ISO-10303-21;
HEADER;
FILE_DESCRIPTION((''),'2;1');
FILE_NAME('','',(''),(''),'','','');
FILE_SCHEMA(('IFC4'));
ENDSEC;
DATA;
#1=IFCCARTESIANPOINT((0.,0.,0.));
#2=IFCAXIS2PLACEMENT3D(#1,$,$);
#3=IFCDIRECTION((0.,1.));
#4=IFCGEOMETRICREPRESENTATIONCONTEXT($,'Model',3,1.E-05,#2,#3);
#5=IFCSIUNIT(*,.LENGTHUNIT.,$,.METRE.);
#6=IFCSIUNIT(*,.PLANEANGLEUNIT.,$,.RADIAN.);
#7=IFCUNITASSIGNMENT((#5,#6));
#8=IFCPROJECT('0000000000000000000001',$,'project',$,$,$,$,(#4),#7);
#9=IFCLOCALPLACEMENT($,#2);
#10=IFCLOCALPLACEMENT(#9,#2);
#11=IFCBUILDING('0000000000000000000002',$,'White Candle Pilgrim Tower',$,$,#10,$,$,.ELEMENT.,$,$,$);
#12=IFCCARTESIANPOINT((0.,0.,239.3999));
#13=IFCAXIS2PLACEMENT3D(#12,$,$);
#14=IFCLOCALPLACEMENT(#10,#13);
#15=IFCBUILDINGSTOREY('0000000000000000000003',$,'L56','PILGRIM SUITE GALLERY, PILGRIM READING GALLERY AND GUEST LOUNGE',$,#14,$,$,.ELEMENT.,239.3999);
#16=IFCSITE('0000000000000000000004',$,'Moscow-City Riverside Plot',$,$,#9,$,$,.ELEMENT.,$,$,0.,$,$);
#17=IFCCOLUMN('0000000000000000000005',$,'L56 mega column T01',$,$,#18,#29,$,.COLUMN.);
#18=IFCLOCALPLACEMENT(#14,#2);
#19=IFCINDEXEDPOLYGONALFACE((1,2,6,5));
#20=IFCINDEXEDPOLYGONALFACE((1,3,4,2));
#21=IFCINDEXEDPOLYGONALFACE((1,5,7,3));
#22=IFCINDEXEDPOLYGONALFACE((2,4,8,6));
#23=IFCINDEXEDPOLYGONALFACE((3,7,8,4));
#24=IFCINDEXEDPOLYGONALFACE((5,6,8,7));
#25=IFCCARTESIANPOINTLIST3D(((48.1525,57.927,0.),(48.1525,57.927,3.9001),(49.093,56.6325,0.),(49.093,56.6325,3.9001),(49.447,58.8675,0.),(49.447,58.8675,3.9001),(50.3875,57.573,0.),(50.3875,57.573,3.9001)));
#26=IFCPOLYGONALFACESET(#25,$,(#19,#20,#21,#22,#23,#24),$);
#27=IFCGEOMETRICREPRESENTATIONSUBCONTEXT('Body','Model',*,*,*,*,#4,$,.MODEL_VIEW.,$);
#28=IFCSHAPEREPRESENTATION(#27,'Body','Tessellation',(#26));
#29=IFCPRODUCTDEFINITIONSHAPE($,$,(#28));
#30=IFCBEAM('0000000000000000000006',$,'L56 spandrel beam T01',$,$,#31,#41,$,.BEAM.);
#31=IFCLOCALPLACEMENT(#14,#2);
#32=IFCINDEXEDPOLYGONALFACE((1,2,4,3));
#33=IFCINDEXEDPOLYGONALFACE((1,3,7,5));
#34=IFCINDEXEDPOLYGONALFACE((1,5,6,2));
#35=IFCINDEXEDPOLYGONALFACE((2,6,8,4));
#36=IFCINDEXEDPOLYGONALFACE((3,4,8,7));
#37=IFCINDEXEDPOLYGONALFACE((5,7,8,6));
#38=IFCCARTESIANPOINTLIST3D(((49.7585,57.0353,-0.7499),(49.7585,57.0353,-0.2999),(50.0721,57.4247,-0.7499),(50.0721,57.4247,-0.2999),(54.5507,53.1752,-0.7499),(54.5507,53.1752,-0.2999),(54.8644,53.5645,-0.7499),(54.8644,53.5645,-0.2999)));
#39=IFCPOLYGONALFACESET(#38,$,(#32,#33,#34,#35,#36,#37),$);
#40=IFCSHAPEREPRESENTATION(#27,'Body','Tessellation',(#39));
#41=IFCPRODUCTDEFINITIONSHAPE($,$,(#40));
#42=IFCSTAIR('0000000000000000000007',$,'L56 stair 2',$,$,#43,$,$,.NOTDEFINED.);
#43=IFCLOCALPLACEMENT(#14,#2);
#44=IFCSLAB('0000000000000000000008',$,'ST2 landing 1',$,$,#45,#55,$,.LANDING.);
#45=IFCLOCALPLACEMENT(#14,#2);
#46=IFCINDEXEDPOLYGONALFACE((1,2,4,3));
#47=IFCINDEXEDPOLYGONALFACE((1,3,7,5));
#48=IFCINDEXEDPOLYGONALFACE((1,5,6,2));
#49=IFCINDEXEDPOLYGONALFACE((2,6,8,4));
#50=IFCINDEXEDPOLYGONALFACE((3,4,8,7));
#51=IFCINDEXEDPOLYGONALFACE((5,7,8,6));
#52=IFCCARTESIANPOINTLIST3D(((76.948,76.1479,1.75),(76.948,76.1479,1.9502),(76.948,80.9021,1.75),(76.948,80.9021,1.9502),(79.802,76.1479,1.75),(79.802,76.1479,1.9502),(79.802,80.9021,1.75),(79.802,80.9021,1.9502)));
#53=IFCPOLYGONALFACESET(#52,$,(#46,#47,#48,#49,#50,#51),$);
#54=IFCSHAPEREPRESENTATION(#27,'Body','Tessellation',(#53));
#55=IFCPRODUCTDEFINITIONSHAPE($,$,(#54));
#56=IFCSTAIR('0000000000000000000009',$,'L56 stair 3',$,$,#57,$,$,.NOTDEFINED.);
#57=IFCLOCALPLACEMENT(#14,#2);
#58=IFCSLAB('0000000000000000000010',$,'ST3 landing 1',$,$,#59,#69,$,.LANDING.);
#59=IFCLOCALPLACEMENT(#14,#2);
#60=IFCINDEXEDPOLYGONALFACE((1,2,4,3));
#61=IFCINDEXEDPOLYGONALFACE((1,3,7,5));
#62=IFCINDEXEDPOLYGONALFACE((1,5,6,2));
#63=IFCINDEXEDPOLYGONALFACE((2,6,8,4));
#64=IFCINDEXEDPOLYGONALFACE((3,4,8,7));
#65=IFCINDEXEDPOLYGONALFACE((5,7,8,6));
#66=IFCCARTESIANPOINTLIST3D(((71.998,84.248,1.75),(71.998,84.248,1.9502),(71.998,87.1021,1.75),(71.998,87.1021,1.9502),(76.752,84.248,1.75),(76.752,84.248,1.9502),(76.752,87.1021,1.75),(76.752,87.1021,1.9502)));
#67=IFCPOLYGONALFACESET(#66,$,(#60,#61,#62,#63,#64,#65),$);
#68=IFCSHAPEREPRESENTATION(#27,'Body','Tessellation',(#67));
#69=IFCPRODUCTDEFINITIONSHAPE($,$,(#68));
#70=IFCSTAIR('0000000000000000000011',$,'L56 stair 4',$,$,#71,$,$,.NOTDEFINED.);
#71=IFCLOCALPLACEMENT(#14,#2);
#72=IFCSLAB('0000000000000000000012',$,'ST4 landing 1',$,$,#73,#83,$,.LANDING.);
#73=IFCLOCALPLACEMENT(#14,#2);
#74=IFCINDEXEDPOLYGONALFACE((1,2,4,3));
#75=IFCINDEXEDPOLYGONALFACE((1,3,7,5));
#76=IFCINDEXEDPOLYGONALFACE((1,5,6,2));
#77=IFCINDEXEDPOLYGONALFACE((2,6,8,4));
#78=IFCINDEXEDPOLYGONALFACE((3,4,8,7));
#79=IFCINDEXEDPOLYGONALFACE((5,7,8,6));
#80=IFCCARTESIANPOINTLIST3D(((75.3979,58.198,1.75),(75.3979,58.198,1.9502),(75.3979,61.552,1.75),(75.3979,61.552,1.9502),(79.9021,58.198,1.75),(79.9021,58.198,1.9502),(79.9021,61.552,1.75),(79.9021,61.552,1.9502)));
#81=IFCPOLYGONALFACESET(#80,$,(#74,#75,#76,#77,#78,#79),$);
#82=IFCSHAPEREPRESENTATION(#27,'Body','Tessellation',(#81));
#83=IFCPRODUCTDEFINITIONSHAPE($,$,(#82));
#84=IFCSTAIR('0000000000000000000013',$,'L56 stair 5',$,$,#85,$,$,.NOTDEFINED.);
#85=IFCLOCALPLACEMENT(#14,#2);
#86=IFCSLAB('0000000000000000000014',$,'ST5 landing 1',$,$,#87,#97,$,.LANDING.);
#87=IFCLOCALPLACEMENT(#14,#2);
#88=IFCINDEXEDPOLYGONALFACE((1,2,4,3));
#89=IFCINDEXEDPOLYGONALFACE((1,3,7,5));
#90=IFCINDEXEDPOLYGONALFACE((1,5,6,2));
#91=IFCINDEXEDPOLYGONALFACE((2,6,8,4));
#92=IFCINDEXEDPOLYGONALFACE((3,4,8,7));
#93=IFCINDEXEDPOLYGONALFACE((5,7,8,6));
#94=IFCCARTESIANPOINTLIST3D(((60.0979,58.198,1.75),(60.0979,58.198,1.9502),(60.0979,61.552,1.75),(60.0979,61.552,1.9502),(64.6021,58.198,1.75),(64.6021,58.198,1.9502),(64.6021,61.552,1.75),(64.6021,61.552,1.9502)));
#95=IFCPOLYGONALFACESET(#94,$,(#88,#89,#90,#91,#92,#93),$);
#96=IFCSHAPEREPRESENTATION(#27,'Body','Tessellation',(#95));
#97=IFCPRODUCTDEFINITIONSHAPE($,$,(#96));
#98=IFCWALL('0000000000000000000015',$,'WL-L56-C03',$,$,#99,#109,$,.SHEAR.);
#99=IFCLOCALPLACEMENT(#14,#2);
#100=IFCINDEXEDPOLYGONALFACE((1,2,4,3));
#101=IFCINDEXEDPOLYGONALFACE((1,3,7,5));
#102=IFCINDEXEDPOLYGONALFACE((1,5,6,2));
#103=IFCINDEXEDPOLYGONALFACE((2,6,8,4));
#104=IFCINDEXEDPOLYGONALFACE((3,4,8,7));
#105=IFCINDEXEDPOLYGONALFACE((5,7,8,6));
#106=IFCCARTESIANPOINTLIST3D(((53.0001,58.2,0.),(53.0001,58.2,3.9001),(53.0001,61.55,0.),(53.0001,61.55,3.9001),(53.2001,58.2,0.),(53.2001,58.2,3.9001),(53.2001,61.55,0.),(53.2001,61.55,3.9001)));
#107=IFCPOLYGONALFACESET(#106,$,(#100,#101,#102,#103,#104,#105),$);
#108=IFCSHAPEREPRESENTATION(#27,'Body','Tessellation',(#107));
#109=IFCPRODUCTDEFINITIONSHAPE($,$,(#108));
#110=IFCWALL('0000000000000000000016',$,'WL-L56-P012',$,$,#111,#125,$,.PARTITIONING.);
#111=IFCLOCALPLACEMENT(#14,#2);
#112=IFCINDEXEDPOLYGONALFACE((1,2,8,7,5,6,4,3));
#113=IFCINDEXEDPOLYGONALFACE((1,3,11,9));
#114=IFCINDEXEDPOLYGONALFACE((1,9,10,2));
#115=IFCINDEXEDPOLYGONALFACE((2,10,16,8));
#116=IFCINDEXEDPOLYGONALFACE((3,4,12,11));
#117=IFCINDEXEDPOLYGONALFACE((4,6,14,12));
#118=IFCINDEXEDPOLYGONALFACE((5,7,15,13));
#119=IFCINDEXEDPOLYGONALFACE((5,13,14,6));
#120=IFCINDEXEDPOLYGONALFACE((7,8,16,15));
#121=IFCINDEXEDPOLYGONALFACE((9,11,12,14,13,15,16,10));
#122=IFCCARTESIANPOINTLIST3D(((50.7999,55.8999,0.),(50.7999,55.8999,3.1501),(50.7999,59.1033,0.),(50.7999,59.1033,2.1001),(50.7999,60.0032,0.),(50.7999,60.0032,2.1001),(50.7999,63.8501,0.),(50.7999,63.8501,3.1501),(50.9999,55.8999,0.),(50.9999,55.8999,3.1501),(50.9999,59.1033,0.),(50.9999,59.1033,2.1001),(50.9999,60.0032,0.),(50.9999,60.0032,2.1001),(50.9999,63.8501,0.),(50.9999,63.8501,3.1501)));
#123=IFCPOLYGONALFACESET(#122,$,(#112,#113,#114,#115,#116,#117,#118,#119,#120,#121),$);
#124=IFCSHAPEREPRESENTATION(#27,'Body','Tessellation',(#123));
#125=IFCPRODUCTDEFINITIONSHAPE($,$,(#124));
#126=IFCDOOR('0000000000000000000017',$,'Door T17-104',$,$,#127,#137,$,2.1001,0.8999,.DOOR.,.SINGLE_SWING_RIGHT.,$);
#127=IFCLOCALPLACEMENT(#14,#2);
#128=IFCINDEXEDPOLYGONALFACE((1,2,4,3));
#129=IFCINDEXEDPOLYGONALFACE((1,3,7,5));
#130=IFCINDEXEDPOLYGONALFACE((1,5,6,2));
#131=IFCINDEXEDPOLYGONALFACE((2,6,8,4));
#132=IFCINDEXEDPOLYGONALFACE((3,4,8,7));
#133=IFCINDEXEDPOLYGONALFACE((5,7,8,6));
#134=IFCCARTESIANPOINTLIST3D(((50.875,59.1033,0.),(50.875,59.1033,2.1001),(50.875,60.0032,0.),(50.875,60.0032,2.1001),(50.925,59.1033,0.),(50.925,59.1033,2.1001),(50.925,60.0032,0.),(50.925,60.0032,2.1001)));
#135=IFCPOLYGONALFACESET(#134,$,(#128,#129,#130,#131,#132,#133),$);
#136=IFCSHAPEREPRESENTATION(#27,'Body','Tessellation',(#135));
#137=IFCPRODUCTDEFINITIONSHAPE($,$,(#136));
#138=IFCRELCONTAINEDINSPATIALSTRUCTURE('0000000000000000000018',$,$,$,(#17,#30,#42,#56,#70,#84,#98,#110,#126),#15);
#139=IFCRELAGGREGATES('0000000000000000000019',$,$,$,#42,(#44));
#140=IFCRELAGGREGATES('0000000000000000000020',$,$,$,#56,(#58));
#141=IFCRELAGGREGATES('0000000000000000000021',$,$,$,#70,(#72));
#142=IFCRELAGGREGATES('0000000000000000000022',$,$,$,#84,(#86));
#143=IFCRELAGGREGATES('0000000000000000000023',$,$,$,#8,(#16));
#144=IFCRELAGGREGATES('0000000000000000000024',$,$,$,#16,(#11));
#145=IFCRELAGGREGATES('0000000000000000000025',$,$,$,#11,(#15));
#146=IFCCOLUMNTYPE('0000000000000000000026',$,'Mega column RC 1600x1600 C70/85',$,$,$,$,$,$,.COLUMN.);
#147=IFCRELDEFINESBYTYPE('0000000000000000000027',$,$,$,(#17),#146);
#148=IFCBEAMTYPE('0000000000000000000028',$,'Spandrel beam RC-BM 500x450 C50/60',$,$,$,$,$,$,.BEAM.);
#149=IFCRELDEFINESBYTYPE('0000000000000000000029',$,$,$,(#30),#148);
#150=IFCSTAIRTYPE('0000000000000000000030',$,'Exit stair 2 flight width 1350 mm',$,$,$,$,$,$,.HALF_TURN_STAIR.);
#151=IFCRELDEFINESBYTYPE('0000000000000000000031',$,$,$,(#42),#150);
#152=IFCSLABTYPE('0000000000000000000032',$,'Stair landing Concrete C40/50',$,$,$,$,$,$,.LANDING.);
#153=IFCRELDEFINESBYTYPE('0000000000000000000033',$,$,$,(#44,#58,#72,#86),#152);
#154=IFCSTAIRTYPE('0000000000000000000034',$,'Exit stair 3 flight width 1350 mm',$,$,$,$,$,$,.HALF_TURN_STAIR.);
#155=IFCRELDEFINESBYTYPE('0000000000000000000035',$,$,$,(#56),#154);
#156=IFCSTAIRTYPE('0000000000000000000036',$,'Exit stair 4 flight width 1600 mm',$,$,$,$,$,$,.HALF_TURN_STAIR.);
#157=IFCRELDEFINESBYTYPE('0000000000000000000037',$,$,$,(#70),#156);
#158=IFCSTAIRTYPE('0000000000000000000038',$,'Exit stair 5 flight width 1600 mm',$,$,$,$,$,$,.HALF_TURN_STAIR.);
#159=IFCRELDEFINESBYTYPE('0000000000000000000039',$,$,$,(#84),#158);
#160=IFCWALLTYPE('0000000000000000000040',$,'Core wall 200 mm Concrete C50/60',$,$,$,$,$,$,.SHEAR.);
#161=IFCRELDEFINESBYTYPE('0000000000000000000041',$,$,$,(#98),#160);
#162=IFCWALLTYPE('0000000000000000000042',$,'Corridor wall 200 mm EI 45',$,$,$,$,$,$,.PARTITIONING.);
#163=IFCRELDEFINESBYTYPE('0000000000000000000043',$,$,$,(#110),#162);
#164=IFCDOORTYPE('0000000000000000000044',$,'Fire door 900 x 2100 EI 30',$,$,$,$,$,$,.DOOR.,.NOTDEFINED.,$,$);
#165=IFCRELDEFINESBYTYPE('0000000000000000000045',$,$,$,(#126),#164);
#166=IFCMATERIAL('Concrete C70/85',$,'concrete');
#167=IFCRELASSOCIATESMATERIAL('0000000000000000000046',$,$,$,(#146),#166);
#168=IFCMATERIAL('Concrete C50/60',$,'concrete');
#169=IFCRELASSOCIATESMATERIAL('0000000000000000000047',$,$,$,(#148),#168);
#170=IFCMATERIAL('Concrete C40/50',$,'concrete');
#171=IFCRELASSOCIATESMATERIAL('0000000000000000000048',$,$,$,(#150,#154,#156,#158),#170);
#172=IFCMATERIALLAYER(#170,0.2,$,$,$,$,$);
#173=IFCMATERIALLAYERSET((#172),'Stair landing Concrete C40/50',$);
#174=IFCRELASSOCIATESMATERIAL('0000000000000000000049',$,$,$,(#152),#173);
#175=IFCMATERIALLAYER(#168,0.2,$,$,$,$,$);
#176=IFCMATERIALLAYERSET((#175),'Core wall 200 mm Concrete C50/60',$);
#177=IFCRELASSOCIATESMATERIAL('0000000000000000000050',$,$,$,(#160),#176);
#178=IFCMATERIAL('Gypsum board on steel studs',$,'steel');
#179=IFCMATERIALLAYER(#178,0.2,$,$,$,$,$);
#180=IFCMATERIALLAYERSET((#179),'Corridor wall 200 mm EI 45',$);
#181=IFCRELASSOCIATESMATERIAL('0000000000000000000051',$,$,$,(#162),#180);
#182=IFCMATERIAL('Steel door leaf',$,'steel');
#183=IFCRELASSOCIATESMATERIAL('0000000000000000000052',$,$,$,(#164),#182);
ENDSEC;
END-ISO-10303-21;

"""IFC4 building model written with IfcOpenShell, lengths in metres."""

from ifc_helpers import new_model, si_unit, direction, frame, frame_2d, origin, origin_2d, place, context, subcontext, project, spatial, polyline, rectangle, outline, extrude, material, layer, layer_set, material_profile, profile_set, type_object, element, fill, aggregate, save


model = new_model("IFC4")

# Units and contexts
model_context = context("Model", 3, precision=1e-05, world=origin(), true_north=direction((0.0, 1.0)))
body_context = subcontext(model_context, "Body", "Model", "MODEL_VIEW")
ifc_project = project(units=[si_unit("LENGTHUNIT", "METRE"), si_unit("PLANEANGLEUNIT", "RADIAN")], contexts=[model_context])

# Site, building, storey
site_placement = place(None, origin())
site = spatial("IfcSite", under=ifc_project, at=site_placement, Name="Moscow-City Riverside Plot", CompositionType="ELEMENT", RefElevation=0.0)
building_placement = place(site_placement, origin())
building = spatial("IfcBuilding", under=site, at=building_placement, Name="White Candle Pilgrim Tower", CompositionType="ELEMENT")
storey_placement = place(building_placement, frame((0.0, 0.0, 239.3999)))
storey = spatial("IfcBuildingStorey", under=building, at=storey_placement, Name="L56", Description="PILGRIM SUITE GALLERY, PILGRIM READING GALLERY AND GUEST LOUNGE", CompositionType="ELEMENT", Elevation=239.3999)

# Column
ifc_material_1 = material(Name="Concrete C70/85", Category="concrete")
ifc_material_profile_1 = material_profile(ifc_material_1, rectangle(XDim=1.6001, YDim=1.6001, at=origin_2d()), Name="RC 1600x1600")
ifc_profile_set_1 = profile_set([ifc_material_profile_1], Name="Concrete C70/85")
column_type = type_object("IfcColumnType", Name="Mega column RC 1600x1600 C70/85", PredefinedType="COLUMN", material=ifc_profile_set_1)
column_placement = place(storey_placement, frame((49.27, 57.75, 0.0), z_axis=(0.0, 0.0, 1.0), x_axis=(-0.809017, -0.587785, 0.0)))
element("IfcColumn", 1, at=column_placement, inside=storey, type_object=column_type, Name="L56 mega column T01", PredefinedType="COLUMN", context=body_context, shape_type="SweptSolid", body=[
    extrude(rectangle(XDim=1.6001, YDim=1.6001, at=origin_2d()), origin(), (0.0, 0.0, 1.0), 3.9001),
])

# Beam
ifc_material_2 = material(Name="Concrete C50/60", Category="concrete")
ifc_material_profile_2 = material_profile(ifc_material_2, rectangle(XDim=0.5, YDim=0.45, at=origin_2d()), Name="RC-BM 500x450")
ifc_profile_set_2 = profile_set([ifc_material_profile_2], Name="Concrete C50/60")
beam_type = type_object("IfcBeamType", Name="Spandrel beam RC-BM 500x450 C50/60", PredefinedType="BEAM", material=ifc_profile_set_2)
beam_placement = place(storey_placement, frame((49.9153, 57.23, -0.5249), z_axis=(0.778778, -0.627299, 0.0), x_axis=(0.627299, 0.778778, 0.0)))
element("IfcBeam", 2, at=beam_placement, inside=storey, type_object=beam_type, Name="L56 spandrel beam T01", PredefinedType="BEAM", context=body_context, shape_type="SweptSolid", body=[
    extrude(rectangle(XDim=0.5, YDim=0.45, at=origin_2d()), origin(), (0.0, 0.0, 1.0), 6.1536),
])

# Stairs, slabs
ifc_material_3 = material(Name="Concrete C40/50", Category="concrete")
stair_type_1 = type_object("IfcStairType", Name="Exit stair 2 flight width 1350 mm", PredefinedType="HALF_TURN_STAIR", material=ifc_material_3)
stair_1_placement = place(storey_placement, origin())
stair_1 = element("IfcStair", 3, at=stair_1_placement, inside=storey, type_object=stair_type_1, Name="L56 stair 2", PredefinedType="NOTDEFINED")
ifc_layer_1 = layer(ifc_material_3, 0.2)
ifc_layer_set_1 = layer_set([ifc_layer_1], Name="Stair landing Concrete C40/50")
slab_type = type_object("IfcSlabType", Name="Stair landing Concrete C40/50", PredefinedType="LANDING", material=ifc_layer_set_1)
slab_1_placement = place(storey_placement, frame((0.0, 0.0, 1.75)))
slab_1 = element("IfcSlab", 4, at=slab_1_placement, type_object=slab_type, Name="ST2 landing 1", PredefinedType="LANDING", context=body_context, shape_type="SweptSolid", body=[
    extrude(outline(polyline([(79.802, 76.1479), (76.948, 76.1479), (76.948, 80.9021), (79.802, 80.9021), (79.802, 76.1479)])), origin(), (0.0, 0.0, 1.0), 0.2002),
])
aggregate(stair_1, [slab_1])
stair_type_2 = type_object("IfcStairType", Name="Exit stair 3 flight width 1350 mm", PredefinedType="HALF_TURN_STAIR", material=ifc_material_3)
stair_2_placement = place(storey_placement, origin())
stair_2 = element("IfcStair", 5, at=stair_2_placement, inside=storey, type_object=stair_type_2, Name="L56 stair 3", PredefinedType="NOTDEFINED")
slab_2_placement = place(storey_placement, frame((0.0, 0.0, 1.75)))
slab_2 = element("IfcSlab", 6, at=slab_2_placement, type_object=slab_type, Name="ST3 landing 1", PredefinedType="LANDING", context=body_context, shape_type="SweptSolid", body=[
    extrude(outline(polyline([(71.998, 84.248), (71.998, 87.1021), (76.752, 87.1021), (76.752, 84.248), (71.998, 84.248)])), origin(), (0.0, 0.0, 1.0), 0.2002),
])
aggregate(stair_2, [slab_2])
stair_type_3 = type_object("IfcStairType", Name="Exit stair 4 flight width 1600 mm", PredefinedType="HALF_TURN_STAIR", material=ifc_material_3)
stair_3_placement = place(storey_placement, origin())
stair_3 = element("IfcStair", 7, at=stair_3_placement, inside=storey, type_object=stair_type_3, Name="L56 stair 4", PredefinedType="NOTDEFINED")
slab_3_placement = place(storey_placement, frame((0.0, 0.0, 1.75)))
slab_3 = element("IfcSlab", 8, at=slab_3_placement, type_object=slab_type, Name="ST4 landing 1", PredefinedType="LANDING", context=body_context, shape_type="SweptSolid", body=[
    extrude(outline(polyline([(79.9021, 61.552), (79.9021, 58.198), (75.3979, 58.198), (75.3979, 61.552), (79.9021, 61.552)])), origin(), (0.0, 0.0, 1.0), 0.2002),
])
aggregate(stair_3, [slab_3])
stair_type_4 = type_object("IfcStairType", Name="Exit stair 5 flight width 1600 mm", PredefinedType="HALF_TURN_STAIR", material=ifc_material_3)
stair_4_placement = place(storey_placement, origin())
stair_4 = element("IfcStair", 9, at=stair_4_placement, inside=storey, type_object=stair_type_4, Name="L56 stair 5", PredefinedType="NOTDEFINED")
slab_4_placement = place(storey_placement, frame((0.0, 0.0, 1.75)))
slab_4 = element("IfcSlab", 10, at=slab_4_placement, type_object=slab_type, Name="ST5 landing 1", PredefinedType="LANDING", context=body_context, shape_type="SweptSolid", body=[
    extrude(outline(polyline([(60.0979, 58.198), (60.0979, 61.552), (64.6021, 61.552), (64.6021, 58.198), (60.0979, 58.198)])), origin(), (0.0, 0.0, 1.0), 0.2002),
])
aggregate(stair_4, [slab_4])

# Wall
ifc_layer_2 = layer(ifc_material_2, 0.2)
ifc_layer_set_2 = layer_set([ifc_layer_2], Name="Core wall 200 mm Concrete C50/60")
wall_type_1 = type_object("IfcWallType", Name="Core wall 200 mm Concrete C50/60", PredefinedType="SHEAR", material=ifc_layer_set_2)
wall_1_placement = place(storey_placement, frame((53.1001, 58.2, 0.0), z_axis=(0.0, 0.0, 1.0), x_axis=(0.0, 1.0, 0.0)))
element("IfcWall", 11, at=wall_1_placement, inside=storey, type_object=wall_type_1, Name="WL-L56-C03", PredefinedType="SHEAR", context=body_context, shape_type="SweptSolid", body=[
    extrude(rectangle(XDim=3.3501, YDim=0.2, at=frame_2d((1.675, 0.0))), origin(), (0.0, 0.0, 1.0), 3.9001),
])

# Wall, opening, door
ifc_material_4 = material(Name="Gypsum board on steel studs", Category="steel")
ifc_layer_3 = layer(ifc_material_4, 0.2)
ifc_layer_set_3 = layer_set([ifc_layer_3], Name="Corridor wall 200 mm EI 45")
wall_type_2 = type_object("IfcWallType", Name="Corridor wall 200 mm EI 45", PredefinedType="PARTITIONING", material=ifc_layer_set_3)
wall_2_placement = place(storey_placement, frame((50.8999, 55.8999, 0.0), z_axis=(0.0, 0.0, 1.0), x_axis=(0.0, 1.0, 0.0)))
wall_2 = element("IfcWall", 12, at=wall_2_placement, inside=storey, type_object=wall_type_2, Name="WL-L56-P012", PredefinedType="PARTITIONING", context=body_context, shape_type="SweptSolid", body=[
    extrude(rectangle(XDim=7.9502, YDim=0.2, at=frame_2d((3.9751, 0.0))), origin(), (0.0, 0.0, 1.0), 3.1501),
])
opening_1_placement = place(wall_2_placement, frame((3.2034, 0.0, 0.0)))
opening_1 = element("IfcOpeningElement", 13, at=opening_1_placement, cuts=wall_2, PredefinedType="OPENING", context=body_context, shape_type="SweptSolid", body=[
    extrude(rectangle(XDim=0.8999, YDim=2.1001, at=frame_2d((0.45, 1.05))), frame((0.0, 0.1099, 0.0), z_axis=(0.0, -1.0, 0.0), x_axis=(1.0, 0.0, 0.0)), (0.0, 0.0, 1.0), 0.22),
])
ifc_material_5 = material(Name="Steel door leaf", Category="steel")
door_type_1 = type_object("IfcDoorType", Name="Fire door 900 x 2100 EI 30", OperationType="NOTDEFINED", PredefinedType="DOOR", material=ifc_material_5)
door_1_placement = place(opening_1_placement, origin())
door_1 = element("IfcDoor", 14, at=door_1_placement, inside=storey, type_object=door_type_1, Name="Door T17-104", OperationType="SINGLE_SWING_RIGHT", OverallHeight=2.1001, OverallWidth=0.8999, PredefinedType="DOOR", context=body_context, shape_type="SweptSolid", body=[
    extrude(rectangle(XDim=0.8999, YDim=2.1001, at=frame_2d((0.45, 1.05))), frame((0.0, 0.0249, 0.0), z_axis=(0.0, -1.0, 0.0), x_axis=(1.0, 0.0, 0.0)), (0.0, 0.0, 1.0), 0.05),
])
fill(opening_1, door_1)

save(model, "model.ifc")
